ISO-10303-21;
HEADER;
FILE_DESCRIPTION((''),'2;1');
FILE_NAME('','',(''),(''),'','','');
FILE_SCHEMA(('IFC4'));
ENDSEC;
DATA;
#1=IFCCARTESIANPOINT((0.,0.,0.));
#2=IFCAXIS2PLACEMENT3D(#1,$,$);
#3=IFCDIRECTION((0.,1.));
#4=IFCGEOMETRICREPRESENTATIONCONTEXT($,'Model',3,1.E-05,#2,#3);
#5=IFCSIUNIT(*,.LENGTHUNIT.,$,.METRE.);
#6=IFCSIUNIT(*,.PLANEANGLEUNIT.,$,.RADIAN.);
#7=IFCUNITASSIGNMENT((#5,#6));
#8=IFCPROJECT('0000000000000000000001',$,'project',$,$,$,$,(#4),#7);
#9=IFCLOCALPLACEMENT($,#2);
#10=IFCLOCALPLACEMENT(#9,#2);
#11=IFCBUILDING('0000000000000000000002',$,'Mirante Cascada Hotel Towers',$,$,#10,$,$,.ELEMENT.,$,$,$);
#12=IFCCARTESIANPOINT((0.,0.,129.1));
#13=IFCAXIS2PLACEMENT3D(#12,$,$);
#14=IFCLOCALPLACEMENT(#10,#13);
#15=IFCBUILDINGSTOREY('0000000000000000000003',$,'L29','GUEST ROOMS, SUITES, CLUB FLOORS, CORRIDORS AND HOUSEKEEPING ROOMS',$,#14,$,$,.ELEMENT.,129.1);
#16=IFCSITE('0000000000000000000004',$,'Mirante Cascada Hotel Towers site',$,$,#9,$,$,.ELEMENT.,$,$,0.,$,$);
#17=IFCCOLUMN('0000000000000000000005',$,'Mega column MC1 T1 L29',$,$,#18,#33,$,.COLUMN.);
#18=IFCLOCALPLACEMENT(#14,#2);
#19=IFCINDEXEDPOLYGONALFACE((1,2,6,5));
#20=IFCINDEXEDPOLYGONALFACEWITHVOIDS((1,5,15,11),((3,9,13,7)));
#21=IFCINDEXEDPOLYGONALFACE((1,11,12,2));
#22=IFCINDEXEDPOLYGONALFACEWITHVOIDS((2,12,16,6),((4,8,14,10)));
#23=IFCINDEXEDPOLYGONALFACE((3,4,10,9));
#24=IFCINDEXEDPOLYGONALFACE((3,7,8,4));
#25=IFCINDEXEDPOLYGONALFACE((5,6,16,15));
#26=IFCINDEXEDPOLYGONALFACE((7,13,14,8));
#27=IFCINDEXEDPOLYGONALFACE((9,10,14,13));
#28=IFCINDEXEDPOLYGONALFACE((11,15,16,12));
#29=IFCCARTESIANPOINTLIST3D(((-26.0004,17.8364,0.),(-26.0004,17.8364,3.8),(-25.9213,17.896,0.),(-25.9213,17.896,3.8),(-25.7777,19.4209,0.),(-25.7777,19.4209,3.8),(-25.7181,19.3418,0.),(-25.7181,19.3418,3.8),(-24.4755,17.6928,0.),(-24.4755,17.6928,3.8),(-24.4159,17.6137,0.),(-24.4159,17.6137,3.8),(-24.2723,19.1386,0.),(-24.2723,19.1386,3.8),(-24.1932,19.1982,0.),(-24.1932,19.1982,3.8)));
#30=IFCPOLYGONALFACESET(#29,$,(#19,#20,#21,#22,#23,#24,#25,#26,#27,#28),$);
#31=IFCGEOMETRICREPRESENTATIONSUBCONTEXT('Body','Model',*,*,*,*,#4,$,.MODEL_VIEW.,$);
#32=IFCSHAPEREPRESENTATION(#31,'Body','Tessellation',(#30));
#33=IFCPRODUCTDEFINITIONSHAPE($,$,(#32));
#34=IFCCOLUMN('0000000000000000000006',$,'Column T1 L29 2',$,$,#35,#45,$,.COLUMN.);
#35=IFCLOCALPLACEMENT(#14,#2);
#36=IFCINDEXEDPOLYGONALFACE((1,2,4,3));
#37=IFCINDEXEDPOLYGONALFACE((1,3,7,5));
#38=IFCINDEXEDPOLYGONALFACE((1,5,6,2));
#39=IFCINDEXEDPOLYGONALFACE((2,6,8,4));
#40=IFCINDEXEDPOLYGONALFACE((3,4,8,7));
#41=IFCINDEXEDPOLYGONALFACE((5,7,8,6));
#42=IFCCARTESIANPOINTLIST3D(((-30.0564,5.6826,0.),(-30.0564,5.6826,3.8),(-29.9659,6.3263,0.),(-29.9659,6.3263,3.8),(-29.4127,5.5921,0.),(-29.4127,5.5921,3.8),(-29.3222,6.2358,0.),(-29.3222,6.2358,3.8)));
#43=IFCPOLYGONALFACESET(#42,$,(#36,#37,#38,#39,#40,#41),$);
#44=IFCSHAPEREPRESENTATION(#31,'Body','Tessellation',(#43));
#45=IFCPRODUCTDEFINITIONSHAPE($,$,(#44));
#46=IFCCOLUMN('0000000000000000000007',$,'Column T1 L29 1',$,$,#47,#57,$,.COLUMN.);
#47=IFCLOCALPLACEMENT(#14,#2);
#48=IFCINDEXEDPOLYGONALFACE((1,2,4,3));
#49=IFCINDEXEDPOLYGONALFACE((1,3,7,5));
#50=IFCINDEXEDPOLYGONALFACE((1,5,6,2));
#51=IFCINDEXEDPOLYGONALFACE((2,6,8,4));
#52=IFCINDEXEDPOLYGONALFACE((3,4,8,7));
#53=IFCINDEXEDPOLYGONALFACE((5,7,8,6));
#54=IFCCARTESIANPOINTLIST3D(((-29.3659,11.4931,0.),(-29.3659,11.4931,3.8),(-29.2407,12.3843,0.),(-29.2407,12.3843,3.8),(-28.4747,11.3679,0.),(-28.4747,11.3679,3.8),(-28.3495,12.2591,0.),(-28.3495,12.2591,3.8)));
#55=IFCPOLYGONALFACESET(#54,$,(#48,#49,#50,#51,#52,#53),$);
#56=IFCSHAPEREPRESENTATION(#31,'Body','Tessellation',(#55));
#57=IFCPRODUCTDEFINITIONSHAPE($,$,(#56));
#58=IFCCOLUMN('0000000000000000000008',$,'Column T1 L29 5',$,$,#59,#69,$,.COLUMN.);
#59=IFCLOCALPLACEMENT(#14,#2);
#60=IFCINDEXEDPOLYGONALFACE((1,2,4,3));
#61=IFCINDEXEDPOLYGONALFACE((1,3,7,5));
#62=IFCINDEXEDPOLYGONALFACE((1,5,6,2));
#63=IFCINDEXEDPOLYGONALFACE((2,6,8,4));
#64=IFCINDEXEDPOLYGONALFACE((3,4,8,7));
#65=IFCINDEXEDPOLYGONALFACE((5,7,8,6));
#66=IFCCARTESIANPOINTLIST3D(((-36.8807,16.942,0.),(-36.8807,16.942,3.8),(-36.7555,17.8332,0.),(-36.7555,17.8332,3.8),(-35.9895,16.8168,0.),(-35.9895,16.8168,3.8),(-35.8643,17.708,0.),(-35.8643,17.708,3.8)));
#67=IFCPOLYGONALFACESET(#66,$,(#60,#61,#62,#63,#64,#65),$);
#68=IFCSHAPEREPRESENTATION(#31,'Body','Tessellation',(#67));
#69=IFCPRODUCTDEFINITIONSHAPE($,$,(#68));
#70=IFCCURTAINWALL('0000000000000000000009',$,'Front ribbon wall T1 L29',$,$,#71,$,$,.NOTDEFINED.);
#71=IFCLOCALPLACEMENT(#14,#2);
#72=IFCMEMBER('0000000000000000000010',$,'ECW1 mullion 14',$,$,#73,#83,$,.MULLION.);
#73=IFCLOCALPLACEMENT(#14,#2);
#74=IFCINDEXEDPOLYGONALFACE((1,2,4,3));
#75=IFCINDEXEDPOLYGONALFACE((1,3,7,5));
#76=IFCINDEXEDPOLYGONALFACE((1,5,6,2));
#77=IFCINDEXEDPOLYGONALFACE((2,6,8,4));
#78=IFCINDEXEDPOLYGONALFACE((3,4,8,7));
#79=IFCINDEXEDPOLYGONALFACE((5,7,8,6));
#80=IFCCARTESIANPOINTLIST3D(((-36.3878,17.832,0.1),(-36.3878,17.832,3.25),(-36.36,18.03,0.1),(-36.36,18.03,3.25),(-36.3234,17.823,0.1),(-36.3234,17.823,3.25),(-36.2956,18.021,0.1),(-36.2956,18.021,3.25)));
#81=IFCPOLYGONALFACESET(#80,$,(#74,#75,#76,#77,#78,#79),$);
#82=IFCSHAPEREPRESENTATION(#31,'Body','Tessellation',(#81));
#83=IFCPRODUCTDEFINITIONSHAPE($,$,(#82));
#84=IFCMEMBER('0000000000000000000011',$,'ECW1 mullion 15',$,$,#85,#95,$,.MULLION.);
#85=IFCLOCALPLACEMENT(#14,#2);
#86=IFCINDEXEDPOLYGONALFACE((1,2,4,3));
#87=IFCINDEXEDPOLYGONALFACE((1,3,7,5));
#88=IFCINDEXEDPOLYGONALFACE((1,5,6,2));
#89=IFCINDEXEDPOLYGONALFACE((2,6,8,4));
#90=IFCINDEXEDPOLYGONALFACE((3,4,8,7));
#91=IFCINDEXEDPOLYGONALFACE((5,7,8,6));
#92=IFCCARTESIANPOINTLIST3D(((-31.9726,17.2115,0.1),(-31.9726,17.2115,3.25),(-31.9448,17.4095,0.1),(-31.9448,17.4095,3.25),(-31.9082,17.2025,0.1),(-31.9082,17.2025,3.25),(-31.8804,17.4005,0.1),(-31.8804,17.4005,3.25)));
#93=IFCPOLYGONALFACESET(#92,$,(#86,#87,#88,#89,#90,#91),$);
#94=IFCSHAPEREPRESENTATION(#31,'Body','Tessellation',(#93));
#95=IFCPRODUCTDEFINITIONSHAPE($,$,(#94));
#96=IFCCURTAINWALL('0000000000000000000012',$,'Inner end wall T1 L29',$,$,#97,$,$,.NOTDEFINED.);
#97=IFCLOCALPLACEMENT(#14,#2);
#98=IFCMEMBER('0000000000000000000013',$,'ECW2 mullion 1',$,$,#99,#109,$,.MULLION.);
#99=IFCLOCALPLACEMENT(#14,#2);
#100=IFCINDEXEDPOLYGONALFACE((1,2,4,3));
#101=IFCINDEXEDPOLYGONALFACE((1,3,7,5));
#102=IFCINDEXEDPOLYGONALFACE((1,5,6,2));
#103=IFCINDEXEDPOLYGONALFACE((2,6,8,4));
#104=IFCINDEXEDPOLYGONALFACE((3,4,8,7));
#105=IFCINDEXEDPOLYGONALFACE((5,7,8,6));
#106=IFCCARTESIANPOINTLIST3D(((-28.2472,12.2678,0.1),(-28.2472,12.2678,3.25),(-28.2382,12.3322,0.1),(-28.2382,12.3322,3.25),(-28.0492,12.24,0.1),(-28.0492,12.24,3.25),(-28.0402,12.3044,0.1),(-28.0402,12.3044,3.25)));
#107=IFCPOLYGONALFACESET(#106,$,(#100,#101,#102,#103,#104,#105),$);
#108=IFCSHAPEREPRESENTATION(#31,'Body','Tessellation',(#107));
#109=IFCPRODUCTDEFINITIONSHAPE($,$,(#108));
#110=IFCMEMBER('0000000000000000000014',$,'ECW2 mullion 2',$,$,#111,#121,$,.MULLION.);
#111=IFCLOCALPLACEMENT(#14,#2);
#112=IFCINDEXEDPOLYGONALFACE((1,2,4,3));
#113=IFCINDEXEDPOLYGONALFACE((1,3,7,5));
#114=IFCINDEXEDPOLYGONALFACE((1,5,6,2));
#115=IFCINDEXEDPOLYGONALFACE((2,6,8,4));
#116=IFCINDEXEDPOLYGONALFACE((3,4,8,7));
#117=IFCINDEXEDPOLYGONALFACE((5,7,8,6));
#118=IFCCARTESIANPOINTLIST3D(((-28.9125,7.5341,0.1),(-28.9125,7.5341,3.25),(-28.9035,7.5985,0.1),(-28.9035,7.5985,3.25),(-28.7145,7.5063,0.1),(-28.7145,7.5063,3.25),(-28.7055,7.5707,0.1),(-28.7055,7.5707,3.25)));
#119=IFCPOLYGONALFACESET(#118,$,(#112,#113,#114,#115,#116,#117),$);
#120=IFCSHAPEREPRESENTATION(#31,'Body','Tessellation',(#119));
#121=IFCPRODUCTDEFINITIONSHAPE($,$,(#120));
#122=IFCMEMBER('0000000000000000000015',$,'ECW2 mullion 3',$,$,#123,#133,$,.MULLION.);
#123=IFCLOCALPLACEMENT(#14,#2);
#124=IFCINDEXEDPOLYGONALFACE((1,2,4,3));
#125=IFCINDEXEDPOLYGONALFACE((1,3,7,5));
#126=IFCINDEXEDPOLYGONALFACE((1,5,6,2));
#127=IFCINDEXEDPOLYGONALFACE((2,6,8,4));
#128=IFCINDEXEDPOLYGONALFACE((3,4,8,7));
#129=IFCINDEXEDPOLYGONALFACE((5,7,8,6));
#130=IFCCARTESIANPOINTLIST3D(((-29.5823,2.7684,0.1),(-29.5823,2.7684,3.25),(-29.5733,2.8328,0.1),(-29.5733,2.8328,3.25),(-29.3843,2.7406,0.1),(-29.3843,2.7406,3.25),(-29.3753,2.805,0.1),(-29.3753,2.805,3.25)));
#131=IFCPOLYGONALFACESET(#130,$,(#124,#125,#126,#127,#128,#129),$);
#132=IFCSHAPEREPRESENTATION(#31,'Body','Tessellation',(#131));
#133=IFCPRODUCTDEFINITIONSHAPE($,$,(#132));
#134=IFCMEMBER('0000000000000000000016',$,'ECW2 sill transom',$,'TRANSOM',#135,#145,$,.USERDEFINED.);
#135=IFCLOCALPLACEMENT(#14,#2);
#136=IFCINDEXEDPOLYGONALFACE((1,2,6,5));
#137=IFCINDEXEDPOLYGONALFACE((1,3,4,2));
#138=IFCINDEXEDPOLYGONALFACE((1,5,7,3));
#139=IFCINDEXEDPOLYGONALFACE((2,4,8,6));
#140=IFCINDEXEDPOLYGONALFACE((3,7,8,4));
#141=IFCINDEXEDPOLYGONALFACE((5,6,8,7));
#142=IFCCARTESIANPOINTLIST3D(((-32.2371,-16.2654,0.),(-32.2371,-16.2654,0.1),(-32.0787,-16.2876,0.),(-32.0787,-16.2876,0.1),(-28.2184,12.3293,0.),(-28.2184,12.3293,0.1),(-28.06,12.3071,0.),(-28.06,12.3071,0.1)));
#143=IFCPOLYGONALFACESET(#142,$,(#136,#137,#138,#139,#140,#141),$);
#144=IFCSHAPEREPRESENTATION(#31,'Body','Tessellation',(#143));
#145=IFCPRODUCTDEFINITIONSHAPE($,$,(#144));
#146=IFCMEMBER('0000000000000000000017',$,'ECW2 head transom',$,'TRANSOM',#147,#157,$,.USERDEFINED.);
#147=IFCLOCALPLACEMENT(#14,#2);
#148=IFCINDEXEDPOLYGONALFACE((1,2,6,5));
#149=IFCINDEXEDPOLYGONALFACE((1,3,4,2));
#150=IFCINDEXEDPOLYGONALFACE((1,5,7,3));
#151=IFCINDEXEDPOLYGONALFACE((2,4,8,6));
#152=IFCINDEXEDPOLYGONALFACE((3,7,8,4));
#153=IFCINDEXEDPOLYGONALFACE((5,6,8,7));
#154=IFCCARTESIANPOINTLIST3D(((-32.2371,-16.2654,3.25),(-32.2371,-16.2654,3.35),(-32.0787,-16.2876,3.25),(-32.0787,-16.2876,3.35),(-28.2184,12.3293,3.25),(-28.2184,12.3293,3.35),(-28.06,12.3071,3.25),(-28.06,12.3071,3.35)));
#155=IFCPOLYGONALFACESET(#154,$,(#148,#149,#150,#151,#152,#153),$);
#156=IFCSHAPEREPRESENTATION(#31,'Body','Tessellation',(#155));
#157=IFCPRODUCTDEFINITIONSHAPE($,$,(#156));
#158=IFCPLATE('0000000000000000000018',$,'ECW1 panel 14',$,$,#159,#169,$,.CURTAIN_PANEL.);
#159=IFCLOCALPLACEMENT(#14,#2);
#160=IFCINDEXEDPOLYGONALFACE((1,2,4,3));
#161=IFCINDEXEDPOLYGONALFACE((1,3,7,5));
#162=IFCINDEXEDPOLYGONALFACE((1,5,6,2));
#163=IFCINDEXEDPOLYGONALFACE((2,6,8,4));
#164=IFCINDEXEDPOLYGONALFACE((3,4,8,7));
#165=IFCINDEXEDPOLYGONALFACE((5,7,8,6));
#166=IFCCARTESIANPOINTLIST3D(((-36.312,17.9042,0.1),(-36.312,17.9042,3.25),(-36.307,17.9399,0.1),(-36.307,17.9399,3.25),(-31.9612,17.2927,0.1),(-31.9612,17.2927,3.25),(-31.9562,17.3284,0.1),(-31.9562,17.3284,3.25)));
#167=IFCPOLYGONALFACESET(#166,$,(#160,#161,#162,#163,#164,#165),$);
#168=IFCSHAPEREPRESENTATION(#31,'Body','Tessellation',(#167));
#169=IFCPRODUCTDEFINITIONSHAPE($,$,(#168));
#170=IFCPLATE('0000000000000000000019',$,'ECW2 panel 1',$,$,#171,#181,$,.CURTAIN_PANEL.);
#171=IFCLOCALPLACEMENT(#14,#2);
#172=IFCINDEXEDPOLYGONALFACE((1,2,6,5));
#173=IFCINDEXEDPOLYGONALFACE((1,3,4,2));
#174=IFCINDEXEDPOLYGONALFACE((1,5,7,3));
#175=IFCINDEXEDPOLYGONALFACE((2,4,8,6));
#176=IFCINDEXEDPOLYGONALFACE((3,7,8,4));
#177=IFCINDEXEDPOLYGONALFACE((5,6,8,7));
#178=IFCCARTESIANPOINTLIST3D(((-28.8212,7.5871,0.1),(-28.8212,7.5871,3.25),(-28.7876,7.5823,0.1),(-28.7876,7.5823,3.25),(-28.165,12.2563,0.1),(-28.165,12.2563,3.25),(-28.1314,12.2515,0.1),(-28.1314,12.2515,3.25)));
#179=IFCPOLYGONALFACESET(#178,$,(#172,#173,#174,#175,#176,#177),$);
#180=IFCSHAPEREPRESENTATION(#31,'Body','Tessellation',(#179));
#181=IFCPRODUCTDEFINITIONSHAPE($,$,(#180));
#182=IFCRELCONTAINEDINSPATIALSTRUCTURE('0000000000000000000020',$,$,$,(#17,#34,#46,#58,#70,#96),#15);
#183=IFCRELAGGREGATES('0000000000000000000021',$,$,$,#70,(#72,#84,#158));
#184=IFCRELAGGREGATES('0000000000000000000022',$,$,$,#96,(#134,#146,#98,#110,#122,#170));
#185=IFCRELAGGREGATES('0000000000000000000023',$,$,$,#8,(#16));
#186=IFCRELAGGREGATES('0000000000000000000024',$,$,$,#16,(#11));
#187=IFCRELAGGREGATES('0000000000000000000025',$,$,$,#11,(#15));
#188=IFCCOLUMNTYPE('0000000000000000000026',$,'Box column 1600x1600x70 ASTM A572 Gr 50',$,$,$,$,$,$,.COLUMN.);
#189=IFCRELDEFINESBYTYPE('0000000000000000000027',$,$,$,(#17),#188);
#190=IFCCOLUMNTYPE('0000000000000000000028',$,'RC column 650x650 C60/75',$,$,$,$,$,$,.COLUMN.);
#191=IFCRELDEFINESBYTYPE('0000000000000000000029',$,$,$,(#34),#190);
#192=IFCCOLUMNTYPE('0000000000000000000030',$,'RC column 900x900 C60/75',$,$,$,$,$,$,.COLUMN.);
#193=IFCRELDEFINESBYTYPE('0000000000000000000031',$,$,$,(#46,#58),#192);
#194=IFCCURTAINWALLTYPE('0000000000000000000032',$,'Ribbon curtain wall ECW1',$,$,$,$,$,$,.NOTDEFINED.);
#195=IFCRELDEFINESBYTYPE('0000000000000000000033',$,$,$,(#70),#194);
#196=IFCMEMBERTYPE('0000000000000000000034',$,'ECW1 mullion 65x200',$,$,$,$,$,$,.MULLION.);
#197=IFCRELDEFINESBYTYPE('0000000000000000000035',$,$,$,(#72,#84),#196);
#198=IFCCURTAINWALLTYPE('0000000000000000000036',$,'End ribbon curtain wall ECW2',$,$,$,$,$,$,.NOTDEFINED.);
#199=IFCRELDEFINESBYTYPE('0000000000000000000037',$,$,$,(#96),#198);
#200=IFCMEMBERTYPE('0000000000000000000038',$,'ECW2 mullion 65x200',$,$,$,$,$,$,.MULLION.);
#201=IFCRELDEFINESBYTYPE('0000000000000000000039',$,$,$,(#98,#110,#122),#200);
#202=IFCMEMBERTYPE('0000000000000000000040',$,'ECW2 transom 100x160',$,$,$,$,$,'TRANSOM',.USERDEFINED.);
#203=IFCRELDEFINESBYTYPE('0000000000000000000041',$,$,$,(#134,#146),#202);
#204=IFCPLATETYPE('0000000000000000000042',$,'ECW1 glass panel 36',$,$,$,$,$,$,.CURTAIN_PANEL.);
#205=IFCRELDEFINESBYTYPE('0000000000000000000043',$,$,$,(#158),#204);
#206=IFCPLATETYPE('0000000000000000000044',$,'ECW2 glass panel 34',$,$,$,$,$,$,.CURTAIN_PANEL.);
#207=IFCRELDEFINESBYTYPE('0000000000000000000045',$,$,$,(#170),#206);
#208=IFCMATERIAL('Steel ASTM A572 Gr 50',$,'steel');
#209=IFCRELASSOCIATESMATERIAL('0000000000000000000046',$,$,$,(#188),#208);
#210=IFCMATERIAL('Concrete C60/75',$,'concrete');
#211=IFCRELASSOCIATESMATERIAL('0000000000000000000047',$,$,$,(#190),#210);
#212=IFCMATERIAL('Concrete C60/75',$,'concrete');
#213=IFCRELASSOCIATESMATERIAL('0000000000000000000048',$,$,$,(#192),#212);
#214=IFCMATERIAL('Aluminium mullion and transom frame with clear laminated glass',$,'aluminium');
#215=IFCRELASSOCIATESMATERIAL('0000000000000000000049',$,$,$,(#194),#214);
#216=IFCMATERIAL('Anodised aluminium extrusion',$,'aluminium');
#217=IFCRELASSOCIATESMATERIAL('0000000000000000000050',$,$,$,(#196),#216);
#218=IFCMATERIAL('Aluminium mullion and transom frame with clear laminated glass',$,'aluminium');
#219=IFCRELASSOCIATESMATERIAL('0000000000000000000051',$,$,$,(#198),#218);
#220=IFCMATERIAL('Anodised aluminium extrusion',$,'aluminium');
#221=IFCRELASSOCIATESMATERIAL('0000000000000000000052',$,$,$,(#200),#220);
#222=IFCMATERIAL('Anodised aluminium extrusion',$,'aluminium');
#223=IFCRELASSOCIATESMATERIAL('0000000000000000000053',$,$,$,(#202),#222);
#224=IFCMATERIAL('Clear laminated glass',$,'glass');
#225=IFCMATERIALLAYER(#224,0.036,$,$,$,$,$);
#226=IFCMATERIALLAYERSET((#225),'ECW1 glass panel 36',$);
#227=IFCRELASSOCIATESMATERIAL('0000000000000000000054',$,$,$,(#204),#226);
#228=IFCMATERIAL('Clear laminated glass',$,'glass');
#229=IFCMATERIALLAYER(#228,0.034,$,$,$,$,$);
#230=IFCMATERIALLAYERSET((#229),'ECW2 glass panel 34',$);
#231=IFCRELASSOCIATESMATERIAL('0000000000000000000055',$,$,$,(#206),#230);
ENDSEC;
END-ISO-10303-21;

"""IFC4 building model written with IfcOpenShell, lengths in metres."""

from ifc_helpers import new_model, si_unit, direction, frame, origin, origin_2d, place, context, subcontext, project, spatial, rectangle, hollow_rectangle, extrude, material, layer, layer_set, material_profile, profile_set, type_object, element, aggregate, save


model = new_model("IFC4")

# Units and contexts
model_context = context("Model", 3, precision=1e-05, world=origin(), true_north=direction((0.0, 1.0)))
body_context = subcontext(model_context, "Body", "Model", "MODEL_VIEW")
ifc_project = project(units=[si_unit("LENGTHUNIT", "METRE"), si_unit("PLANEANGLEUNIT", "RADIAN")], contexts=[model_context])

# Site, building, storey
site_placement = place(None, origin())
site = spatial("IfcSite", under=ifc_project, at=site_placement, Name="Mirante Cascada Hotel Towers site", CompositionType="ELEMENT", RefElevation=0.0)
building_placement = place(site_placement, origin())
building = spatial("IfcBuilding", under=site, at=building_placement, Name="Mirante Cascada Hotel Towers", CompositionType="ELEMENT")
storey_placement = place(building_placement, frame((0.0, 0.0, 129.1)))
storey = spatial("IfcBuildingStorey", under=building, at=storey_placement, Name="L29", Description="GUEST ROOMS, SUITES, CLUB FLOORS, CORRIDORS AND HOUSEKEEPING ROOMS", CompositionType="ELEMENT", Elevation=129.1)

# Columns
ifc_material_1 = material(Name="Steel ASTM A572 Gr 50", Category="steel")
ifc_material_profile_1 = material_profile(ifc_material_1, hollow_rectangle(XDim=1.6, YDim=1.6, WallThickness=0.07, at=origin_2d()), Name="Box column 1600x1600x70 ASTM A572 Gr 50")
ifc_profile_set_1 = profile_set([ifc_material_profile_1], Name="Steel ASTM A572 Gr 50")
column_type_1 = type_object("IfcColumnType", Name="Box column 1600x1600x70 ASTM A572 Gr 50", PredefinedType="COLUMN", material=ifc_profile_set_1)
column_1_placement = place(storey_placement, frame((-25.0968, 18.5173, 0.0), z_axis=(0.0, 0.0, 1.0), x_axis=(-0.990268, 0.139173, 0.0)))
element("IfcColumn", 1, at=column_1_placement, inside=storey, type_object=column_type_1, Name="Mega column MC1 T1 L29", PredefinedType="COLUMN", context=body_context, shape_type="SweptSolid", body=[
    extrude(hollow_rectangle(XDim=1.6, YDim=1.6, WallThickness=0.07, at=origin_2d()), origin(), (0.0, 0.0, 1.0), 3.8),
])
ifc_material_2 = material(Name="Concrete C60/75", Category="concrete")
ifc_material_profile_2 = material_profile(ifc_material_2, rectangle(XDim=0.65, YDim=0.65, at=origin_2d()), Name="RC column 650x650 C60/75")
ifc_profile_set_2 = profile_set([ifc_material_profile_2], Name="Concrete C60/75")
column_type_2 = type_object("IfcColumnType", Name="RC column 650x650 C60/75", PredefinedType="COLUMN", material=ifc_profile_set_2)
column_2_placement = place(storey_placement, frame((-29.6893, 5.9592, 0.0), z_axis=(0.0, 0.0, 1.0), x_axis=(-0.990268, 0.139173, 0.0)))
element("IfcColumn", 2, at=column_2_placement, inside=storey, type_object=column_type_2, Name="Column T1 L29 2", PredefinedType="COLUMN", context=body_context, shape_type="SweptSolid", body=[
    extrude(rectangle(XDim=0.65, YDim=0.65, at=origin_2d()), origin(), (0.0, 0.0, 1.0), 3.8),
])
ifc_material_3 = material(Name="Concrete C60/75", Category="concrete")
ifc_material_profile_3 = material_profile(ifc_material_3, rectangle(XDim=0.9, YDim=0.9, at=origin_2d()), Name="RC column 900x900 C60/75")
ifc_profile_set_3 = profile_set([ifc_material_profile_3], Name="Concrete C60/75")
column_type_3 = type_object("IfcColumnType", Name="RC column 900x900 C60/75", PredefinedType="COLUMN", material=ifc_profile_set_3)
for number, where, z_axis, x_axis, name in (
    (3, (-28.8577, 11.8761, 0.0), (0.0, 0.0, 1.0), (-0.990268, 0.139173, 0.0), "Column T1 L29 1"),
    (4, (-36.3725, 17.325, 0.0), (0.0, 0.0, 1.0), (-0.990268, 0.139173, 0.0), "Column T1 L29 5"),
):
    element("IfcColumn", number, at=place(storey_placement, frame(where, z_axis=z_axis, x_axis=x_axis)), inside=storey, type_object=column_type_3, Name=name, PredefinedType="COLUMN", context=body_context, shape_type="SweptSolid", body=[
        extrude(rectangle(XDim=0.9, YDim=0.9, at=origin_2d()), origin(), (0.0, 0.0, 1.0), 3.8),
    ])

# Curtain walls, members
ifc_material_4 = material(Name="Aluminium mullion and transom frame with clear laminated glass", Category="aluminium")
curtain_wall_type_1 = type_object("IfcCurtainWallType", Name="Ribbon curtain wall ECW1", PredefinedType="NOTDEFINED", material=ifc_material_4)
curtain_wall_1_placement = place(storey_placement, origin())
curtain_wall_1 = element("IfcCurtainWall", 5, at=curtain_wall_1_placement, inside=storey, type_object=curtain_wall_type_1, Name="Front ribbon wall T1 L29", PredefinedType="NOTDEFINED")
ifc_material_5 = material(Name="Anodised aluminium extrusion", Category="aluminium")
ifc_material_profile_4 = material_profile(ifc_material_5, rectangle(XDim=0.2, YDim=0.065, at=origin_2d()), Name="ECW1 MULLION 65x200")
ifc_profile_set_4 = profile_set([ifc_material_profile_4], Name="Anodised aluminium extrusion")
member_type_1 = type_object("IfcMemberType", Name="ECW1 mullion 65x200", PredefinedType="MULLION", material=ifc_profile_set_4)
member_1_placement = place(storey_placement, frame((-36.3417, 17.9265, 0.1), z_axis=(0.0, 0.0, 1.0), x_axis=(0.139173, 0.990268, 0.0)))
member_1 = element("IfcMember", 6, at=member_1_placement, type_object=member_type_1, Name="ECW1 mullion 14", PredefinedType="MULLION", context=body_context, shape_type="SweptSolid", body=[
    extrude(rectangle(XDim=0.2, YDim=0.065, at=origin_2d()), origin(), (0.0, 0.0, 1.0), 3.15),
])
member_2_placement = place(storey_placement, frame((-31.9265, 17.306, 0.1), z_axis=(0.0, 0.0, 1.0), x_axis=(0.139173, 0.990268, 0.0)))
member_2 = element("IfcMember", 7, at=member_2_placement, type_object=member_type_1, Name="ECW1 mullion 15", PredefinedType="MULLION", context=body_context, shape_type="SweptSolid", body=[
    extrude(rectangle(XDim=0.2, YDim=0.065, at=origin_2d()), origin(), (0.0, 0.0, 1.0), 3.15),
])
ifc_material_6 = material(Name="Aluminium mullion and transom frame with clear laminated glass", Category="aluminium")
curtain_wall_type_2 = type_object("IfcCurtainWallType", Name="End ribbon curtain wall ECW2", PredefinedType="NOTDEFINED", material=ifc_material_6)
curtain_wall_2_placement = place(storey_placement, origin())
curtain_wall_2 = element("IfcCurtainWall", 8, at=curtain_wall_2_placement, inside=storey, type_object=curtain_wall_type_2, Name="Inner end wall T1 L29", PredefinedType="NOTDEFINED")
ifc_material_7 = material(Name="Anodised aluminium extrusion", Category="aluminium")
ifc_material_profile_5 = material_profile(ifc_material_7, rectangle(XDim=0.2, YDim=0.065, at=origin_2d()), Name="ECW2 MULLION 65x200")
ifc_profile_set_5 = profile_set([ifc_material_profile_5], Name="Anodised aluminium extrusion")
member_type_2 = type_object("IfcMemberType", Name="ECW2 mullion 65x200", PredefinedType="MULLION", material=ifc_profile_set_5)
member_3_placement = place(storey_placement, frame((-28.1437, 12.2861, 0.1), z_axis=(0.0, 0.0, 1.0), x_axis=(0.990268, -0.139173, 0.0)))
member_3 = element("IfcMember", 9, at=member_3_placement, type_object=member_type_2, Name="ECW2 mullion 1", PredefinedType="MULLION", context=body_context, shape_type="SweptSolid", body=[
    extrude(rectangle(XDim=0.2, YDim=0.065, at=origin_2d()), origin(), (0.0, 0.0, 1.0), 3.15),
])
member_4_placement = place(storey_placement, frame((-28.809, 7.5524, 0.1), z_axis=(0.0, 0.0, 1.0), x_axis=(0.990268, -0.139173, 0.0)))
member_4 = element("IfcMember", 10, at=member_4_placement, type_object=member_type_2, Name="ECW2 mullion 2", PredefinedType="MULLION", context=body_context, shape_type="SweptSolid", body=[
    extrude(rectangle(XDim=0.2, YDim=0.065, at=origin_2d()), origin(), (0.0, 0.0, 1.0), 3.15),
])
member_5_placement = place(storey_placement, frame((-29.4788, 2.7867, 0.1), z_axis=(0.0, 0.0, 1.0), x_axis=(0.990268, -0.139173, 0.0)))
member_5 = element("IfcMember", 11, at=member_5_placement, type_object=member_type_2, Name="ECW2 mullion 3", PredefinedType="MULLION", context=body_context, shape_type="SweptSolid", body=[
    extrude(rectangle(XDim=0.2, YDim=0.065, at=origin_2d()), origin(), (0.0, 0.0, 1.0), 3.15),
])
ifc_material_8 = material(Name="Anodised aluminium extrusion", Category="aluminium")
ifc_material_profile_6 = material_profile(ifc_material_8, rectangle(XDim=0.16, YDim=0.1, at=origin_2d()), Name="ECW2 TRANSOM 100x160")
ifc_profile_set_6 = profile_set([ifc_material_profile_6], Name="Anodised aluminium extrusion")
member_type_3 = type_object("IfcMemberType", Name="ECW2 transom 100x160", ElementType="TRANSOM", PredefinedType="USERDEFINED", material=ifc_profile_set_6)
member_6_placement = place(storey_placement, frame((-28.1392, 12.3182, 0.05), z_axis=(-0.139172, -0.990268, 0.0), x_axis=(0.990268, -0.139172, 0.0)))
member_6 = element("IfcMember", 12, at=member_6_placement, type_object=member_type_3, Name="ECW2 sill transom", ObjectType="TRANSOM", PredefinedType="USERDEFINED", context=body_context, shape_type="SweptSolid", body=[
    extrude(rectangle(XDim=0.16, YDim=0.1, at=origin_2d()), origin(), (0.0, 0.0, 1.0), 28.8757),
])
member_7_placement = place(storey_placement, frame((-28.1392, 12.3182, 3.3), z_axis=(-0.139172, -0.990268, 0.0), x_axis=(0.990268, -0.139172, 0.0)))
member_7 = element("IfcMember", 13, at=member_7_placement, type_object=member_type_3, Name="ECW2 head transom", ObjectType="TRANSOM", PredefinedType="USERDEFINED", context=body_context, shape_type="SweptSolid", body=[
    extrude(rectangle(XDim=0.16, YDim=0.1, at=origin_2d()), origin(), (0.0, 0.0, 1.0), 28.8757),
])

# Plates
ifc_material_9 = material(Name="Clear laminated glass", Category="glass")
ifc_layer_1 = layer(ifc_material_9, 0.036)
ifc_layer_set_1 = layer_set([ifc_layer_1], Name="ECW1 glass panel 36")
plate_type_1 = type_object("IfcPlateType", Name="ECW1 glass panel 36", PredefinedType="CURTAIN_PANEL", material=ifc_layer_set_1)
plate_1_placement = place(storey_placement, frame((-34.1341, 17.6163, 0.1), z_axis=(0.0, 0.0, 1.0), x_axis=(0.990268, -0.139173, 0.0)))
plate_1 = element("IfcPlate", 14, at=plate_1_placement, type_object=plate_type_1, Name="ECW1 panel 14", PredefinedType="CURTAIN_PANEL", context=body_context, shape_type="SweptSolid", body=[
    extrude(rectangle(XDim=4.3936, YDim=0.036, at=origin_2d()), origin(), (0.0, 0.0, 1.0), 3.15),
])
aggregate(curtain_wall_1, [member_1, member_2, plate_1])
ifc_material_10 = material(Name="Clear laminated glass", Category="glass")
ifc_layer_2 = layer(ifc_material_10, 0.034)
ifc_layer_set_2 = layer_set([ifc_layer_2], Name="ECW2 glass panel 34")
plate_type_2 = type_object("IfcPlateType", Name="ECW2 glass panel 34", PredefinedType="CURTAIN_PANEL", material=ifc_layer_set_2)
plate_2_placement = place(storey_placement, frame((-28.4763, 9.9193, 0.1), z_axis=(0.0, 0.0, 1.0), x_axis=(-0.139173, -0.990268, 0.0)))
plate_2 = element("IfcPlate", 15, at=plate_2_placement, type_object=plate_type_2, Name="ECW2 panel 1", PredefinedType="CURTAIN_PANEL", context=body_context, shape_type="SweptSolid", body=[
    extrude(rectangle(XDim=4.7151, YDim=0.034, at=origin_2d()), origin(), (0.0, 0.0, 1.0), 3.15),
])
aggregate(curtain_wall_2, [member_6, member_7, member_3, member_4, member_5, plate_2])

save(model, "model.ifc")
